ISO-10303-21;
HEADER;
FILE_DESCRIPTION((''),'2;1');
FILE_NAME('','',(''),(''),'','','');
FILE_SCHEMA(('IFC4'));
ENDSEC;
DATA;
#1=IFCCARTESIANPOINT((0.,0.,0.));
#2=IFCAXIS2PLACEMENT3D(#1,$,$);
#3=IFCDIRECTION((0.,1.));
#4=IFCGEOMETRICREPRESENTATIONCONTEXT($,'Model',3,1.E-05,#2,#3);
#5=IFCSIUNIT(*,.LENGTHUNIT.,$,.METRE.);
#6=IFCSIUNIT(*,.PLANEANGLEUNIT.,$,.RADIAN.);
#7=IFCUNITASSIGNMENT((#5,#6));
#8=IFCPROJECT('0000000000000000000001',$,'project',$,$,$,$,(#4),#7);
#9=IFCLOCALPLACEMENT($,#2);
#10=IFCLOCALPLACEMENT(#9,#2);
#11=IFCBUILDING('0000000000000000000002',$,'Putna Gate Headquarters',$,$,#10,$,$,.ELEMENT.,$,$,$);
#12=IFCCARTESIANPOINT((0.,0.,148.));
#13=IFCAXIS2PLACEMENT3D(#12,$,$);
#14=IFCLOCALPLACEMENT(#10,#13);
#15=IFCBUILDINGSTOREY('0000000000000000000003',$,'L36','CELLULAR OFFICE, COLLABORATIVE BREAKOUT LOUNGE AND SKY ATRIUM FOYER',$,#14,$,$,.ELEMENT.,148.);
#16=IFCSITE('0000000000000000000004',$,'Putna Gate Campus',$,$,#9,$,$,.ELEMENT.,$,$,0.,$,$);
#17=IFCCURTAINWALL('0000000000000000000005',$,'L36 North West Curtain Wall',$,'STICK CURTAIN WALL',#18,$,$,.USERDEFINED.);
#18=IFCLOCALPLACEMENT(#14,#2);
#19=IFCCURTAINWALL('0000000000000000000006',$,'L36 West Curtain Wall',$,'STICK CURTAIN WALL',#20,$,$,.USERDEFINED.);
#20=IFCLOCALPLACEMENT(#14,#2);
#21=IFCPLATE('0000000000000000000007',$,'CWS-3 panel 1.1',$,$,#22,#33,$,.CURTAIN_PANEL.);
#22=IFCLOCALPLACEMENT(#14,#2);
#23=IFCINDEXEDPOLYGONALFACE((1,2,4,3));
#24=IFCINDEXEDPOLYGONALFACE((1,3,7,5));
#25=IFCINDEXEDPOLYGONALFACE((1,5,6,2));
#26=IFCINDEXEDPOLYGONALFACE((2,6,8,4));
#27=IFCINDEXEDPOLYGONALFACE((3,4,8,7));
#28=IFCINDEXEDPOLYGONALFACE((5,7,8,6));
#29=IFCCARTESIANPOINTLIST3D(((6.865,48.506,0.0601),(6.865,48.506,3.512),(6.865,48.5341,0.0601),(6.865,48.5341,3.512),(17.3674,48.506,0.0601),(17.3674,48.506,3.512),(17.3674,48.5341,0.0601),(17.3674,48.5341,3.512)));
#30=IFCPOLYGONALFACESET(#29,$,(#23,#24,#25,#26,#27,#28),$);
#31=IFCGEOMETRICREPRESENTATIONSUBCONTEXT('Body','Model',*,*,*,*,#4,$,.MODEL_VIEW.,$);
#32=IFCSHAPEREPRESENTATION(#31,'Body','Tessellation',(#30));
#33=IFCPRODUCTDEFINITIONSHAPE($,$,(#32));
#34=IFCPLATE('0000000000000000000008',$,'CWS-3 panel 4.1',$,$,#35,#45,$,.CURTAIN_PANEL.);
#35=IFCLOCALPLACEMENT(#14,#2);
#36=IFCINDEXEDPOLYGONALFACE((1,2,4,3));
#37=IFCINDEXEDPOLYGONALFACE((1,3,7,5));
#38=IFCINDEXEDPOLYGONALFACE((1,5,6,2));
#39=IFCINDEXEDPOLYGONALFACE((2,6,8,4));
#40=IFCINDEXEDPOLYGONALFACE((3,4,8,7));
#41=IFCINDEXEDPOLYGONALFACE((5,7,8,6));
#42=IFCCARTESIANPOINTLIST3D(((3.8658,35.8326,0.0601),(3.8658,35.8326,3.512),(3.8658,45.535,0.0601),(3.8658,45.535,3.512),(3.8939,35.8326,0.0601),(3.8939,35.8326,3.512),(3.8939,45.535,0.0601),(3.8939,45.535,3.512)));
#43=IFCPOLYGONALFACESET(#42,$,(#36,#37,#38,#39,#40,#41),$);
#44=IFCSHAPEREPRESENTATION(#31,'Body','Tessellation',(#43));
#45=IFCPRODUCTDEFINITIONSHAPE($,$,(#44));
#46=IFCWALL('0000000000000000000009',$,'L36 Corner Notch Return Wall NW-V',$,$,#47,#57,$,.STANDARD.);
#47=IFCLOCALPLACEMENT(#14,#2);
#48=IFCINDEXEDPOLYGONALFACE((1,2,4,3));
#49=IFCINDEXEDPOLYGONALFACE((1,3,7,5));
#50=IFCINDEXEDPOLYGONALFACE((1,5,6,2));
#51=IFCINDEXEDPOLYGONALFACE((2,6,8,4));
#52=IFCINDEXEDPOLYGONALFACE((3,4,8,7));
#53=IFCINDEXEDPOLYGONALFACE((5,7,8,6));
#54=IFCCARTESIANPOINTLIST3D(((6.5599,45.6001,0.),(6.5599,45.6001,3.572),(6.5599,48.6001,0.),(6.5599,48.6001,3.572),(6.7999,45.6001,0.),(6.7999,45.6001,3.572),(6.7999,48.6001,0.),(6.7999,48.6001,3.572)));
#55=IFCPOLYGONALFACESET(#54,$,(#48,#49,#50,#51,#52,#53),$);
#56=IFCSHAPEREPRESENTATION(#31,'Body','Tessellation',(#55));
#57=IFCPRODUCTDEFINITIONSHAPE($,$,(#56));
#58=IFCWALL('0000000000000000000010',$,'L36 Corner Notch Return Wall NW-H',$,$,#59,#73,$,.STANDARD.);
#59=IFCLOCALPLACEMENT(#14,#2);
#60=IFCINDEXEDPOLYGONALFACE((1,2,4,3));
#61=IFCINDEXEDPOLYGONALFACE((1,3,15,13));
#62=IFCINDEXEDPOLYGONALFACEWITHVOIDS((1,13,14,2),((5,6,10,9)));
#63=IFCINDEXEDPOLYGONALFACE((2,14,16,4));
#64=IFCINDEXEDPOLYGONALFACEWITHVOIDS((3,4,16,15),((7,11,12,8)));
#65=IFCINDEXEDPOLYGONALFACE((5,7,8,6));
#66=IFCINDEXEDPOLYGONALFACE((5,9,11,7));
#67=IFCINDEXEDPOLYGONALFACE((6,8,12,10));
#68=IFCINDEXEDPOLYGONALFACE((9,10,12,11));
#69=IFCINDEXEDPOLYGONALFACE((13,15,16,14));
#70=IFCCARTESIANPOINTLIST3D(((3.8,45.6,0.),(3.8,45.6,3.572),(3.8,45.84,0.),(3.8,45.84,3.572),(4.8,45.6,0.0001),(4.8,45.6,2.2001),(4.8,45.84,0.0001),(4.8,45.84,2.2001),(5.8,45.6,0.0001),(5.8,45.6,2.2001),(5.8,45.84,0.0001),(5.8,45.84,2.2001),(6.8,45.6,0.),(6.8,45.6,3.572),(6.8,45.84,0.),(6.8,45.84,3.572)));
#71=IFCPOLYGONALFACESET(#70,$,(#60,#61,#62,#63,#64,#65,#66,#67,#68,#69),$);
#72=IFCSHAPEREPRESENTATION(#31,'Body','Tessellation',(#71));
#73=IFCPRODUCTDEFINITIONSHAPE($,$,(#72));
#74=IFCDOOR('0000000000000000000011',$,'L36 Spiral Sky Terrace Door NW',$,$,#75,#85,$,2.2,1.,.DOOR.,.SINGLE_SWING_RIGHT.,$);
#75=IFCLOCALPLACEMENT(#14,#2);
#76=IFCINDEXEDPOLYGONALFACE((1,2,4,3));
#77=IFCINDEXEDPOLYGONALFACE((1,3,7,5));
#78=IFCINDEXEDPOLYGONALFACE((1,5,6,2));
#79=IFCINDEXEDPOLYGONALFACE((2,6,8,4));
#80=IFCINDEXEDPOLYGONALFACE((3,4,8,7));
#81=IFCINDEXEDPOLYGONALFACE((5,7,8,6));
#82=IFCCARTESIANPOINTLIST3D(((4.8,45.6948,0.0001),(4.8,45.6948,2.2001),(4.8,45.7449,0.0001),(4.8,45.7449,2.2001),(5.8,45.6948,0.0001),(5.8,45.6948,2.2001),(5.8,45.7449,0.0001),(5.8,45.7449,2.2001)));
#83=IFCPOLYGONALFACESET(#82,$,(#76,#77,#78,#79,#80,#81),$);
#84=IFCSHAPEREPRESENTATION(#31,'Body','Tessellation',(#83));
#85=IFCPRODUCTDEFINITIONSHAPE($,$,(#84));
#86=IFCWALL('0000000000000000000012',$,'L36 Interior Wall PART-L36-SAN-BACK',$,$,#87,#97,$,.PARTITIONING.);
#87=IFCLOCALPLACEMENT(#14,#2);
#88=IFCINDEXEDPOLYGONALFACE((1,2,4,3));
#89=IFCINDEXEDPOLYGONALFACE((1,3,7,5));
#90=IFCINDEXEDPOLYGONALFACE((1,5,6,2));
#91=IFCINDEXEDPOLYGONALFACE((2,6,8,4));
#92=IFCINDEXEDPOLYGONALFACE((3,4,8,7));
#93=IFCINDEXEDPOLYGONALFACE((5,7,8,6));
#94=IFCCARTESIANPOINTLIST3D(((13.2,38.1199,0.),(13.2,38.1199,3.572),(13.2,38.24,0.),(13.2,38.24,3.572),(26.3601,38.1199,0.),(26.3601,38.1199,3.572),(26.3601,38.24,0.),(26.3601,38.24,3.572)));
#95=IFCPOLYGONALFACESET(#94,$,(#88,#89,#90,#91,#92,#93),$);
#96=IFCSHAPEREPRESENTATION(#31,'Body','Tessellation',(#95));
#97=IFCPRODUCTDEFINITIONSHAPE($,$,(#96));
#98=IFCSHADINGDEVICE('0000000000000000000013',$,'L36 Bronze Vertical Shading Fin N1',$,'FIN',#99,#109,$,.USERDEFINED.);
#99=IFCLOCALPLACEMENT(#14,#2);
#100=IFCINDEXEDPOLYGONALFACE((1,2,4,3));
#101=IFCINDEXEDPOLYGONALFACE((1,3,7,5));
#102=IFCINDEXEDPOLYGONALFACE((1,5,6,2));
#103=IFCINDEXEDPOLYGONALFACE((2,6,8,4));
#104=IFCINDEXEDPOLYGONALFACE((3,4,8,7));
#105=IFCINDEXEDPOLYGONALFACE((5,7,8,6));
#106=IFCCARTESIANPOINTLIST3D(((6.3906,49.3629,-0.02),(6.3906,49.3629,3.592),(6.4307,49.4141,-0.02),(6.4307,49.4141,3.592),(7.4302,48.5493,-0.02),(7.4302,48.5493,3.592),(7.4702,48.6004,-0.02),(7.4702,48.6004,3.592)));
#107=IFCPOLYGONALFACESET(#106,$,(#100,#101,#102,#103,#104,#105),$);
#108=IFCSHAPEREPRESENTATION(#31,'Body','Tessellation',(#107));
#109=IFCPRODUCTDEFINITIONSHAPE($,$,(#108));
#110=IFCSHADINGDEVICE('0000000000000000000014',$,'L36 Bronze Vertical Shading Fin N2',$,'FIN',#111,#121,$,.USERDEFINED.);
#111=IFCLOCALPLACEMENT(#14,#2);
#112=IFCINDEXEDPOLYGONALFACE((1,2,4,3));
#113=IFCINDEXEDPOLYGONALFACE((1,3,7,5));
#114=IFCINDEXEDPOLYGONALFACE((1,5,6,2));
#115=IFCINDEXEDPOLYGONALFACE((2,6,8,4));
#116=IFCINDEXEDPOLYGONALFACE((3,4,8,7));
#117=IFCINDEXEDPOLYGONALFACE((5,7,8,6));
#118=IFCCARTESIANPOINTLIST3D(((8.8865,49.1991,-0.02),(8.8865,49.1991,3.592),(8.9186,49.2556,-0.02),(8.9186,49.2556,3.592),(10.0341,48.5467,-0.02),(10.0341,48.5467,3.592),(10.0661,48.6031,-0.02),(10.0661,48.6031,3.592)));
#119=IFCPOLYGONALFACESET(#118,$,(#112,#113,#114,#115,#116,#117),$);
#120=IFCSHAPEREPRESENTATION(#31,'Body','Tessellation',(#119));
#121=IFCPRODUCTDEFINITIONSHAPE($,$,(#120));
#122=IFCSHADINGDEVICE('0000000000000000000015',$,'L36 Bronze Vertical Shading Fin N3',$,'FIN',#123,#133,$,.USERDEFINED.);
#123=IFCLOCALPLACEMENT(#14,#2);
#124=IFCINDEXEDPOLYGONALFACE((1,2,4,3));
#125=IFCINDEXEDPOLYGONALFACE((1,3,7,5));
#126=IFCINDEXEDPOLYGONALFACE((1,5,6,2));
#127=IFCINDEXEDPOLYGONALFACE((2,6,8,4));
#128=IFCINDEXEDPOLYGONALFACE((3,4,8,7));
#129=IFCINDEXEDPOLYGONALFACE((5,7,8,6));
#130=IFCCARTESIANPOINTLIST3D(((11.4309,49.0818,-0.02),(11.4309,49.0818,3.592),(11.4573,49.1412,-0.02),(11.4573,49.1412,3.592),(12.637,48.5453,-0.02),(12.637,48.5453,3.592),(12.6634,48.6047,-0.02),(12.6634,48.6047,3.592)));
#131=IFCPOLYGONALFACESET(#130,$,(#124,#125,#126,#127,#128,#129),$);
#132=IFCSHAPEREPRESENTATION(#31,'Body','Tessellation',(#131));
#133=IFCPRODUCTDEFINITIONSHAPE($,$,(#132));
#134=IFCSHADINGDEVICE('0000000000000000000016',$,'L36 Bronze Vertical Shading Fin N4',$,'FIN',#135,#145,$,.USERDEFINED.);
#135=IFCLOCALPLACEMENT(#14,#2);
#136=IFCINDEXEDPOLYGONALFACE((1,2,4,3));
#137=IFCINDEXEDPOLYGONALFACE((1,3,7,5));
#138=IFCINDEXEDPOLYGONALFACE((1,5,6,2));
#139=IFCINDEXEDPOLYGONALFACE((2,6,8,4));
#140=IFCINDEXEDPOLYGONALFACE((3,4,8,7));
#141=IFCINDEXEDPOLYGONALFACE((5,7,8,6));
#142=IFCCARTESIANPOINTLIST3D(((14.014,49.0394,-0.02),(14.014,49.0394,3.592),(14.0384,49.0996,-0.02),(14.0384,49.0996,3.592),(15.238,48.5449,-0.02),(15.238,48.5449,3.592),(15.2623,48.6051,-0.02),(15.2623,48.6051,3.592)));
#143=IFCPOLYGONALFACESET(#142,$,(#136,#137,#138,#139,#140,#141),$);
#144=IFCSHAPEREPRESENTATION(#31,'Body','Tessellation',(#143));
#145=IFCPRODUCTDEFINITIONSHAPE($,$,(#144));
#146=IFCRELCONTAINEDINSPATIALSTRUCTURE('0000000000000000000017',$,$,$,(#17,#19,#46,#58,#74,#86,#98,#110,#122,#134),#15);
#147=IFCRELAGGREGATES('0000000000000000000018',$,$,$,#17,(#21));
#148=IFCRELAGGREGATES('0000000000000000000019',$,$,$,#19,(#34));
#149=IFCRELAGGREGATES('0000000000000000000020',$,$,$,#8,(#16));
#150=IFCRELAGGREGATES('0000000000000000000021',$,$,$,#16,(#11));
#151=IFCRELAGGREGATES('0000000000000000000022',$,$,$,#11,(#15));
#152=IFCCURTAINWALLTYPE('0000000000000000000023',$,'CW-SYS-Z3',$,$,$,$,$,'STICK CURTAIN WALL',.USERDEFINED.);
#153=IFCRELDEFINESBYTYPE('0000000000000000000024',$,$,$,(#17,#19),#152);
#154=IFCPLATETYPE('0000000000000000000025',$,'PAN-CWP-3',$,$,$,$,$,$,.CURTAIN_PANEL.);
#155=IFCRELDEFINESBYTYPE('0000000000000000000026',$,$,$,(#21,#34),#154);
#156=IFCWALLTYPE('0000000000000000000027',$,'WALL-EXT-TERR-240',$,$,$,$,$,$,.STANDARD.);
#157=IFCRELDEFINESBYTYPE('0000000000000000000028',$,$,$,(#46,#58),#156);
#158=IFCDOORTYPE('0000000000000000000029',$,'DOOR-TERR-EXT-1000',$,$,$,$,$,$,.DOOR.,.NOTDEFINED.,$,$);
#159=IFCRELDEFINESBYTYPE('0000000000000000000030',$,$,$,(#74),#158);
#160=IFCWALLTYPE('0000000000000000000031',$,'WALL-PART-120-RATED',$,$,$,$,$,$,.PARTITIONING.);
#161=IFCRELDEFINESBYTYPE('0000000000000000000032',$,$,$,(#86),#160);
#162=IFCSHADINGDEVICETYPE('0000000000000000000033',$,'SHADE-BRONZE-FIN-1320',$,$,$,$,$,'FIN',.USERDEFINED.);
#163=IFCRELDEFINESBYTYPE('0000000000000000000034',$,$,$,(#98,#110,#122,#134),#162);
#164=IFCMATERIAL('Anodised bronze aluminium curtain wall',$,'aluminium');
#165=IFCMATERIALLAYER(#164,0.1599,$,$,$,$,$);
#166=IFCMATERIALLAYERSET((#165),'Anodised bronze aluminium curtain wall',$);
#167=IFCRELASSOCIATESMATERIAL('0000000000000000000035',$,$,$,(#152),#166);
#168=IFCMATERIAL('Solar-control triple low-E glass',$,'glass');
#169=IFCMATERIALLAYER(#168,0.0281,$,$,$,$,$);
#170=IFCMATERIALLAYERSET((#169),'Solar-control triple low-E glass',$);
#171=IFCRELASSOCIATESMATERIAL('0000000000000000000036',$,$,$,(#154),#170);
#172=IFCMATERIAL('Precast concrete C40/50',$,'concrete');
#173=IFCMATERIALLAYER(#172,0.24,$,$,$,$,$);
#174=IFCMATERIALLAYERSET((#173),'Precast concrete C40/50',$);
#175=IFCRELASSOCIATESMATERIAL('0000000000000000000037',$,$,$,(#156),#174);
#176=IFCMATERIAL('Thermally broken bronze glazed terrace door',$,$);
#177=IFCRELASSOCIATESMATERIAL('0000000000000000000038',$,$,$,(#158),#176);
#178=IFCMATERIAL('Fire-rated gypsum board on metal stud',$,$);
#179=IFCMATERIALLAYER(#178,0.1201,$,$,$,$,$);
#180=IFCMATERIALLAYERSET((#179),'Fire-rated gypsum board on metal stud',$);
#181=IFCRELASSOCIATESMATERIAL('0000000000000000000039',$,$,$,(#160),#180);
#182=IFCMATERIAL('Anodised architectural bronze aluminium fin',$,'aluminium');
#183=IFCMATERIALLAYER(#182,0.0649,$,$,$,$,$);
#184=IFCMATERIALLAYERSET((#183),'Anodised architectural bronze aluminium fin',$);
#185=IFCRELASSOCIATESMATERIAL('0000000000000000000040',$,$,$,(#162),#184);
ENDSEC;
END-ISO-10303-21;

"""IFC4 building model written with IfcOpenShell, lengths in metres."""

from ifc_helpers import new_model, si_unit, direction, frame, frame_2d, origin, origin_2d, place, context, subcontext, project, spatial, rectangle, extrude, material, layer, layer_set, type_object, element, fill, aggregate, save


model = new_model("IFC4")

# Units and contexts
model_context = context("Model", 3, precision=1e-05, world=origin(), true_north=direction((0.0, 1.0)))
body_context = subcontext(model_context, "Body", "Model", "MODEL_VIEW")
ifc_project = project(units=[si_unit("LENGTHUNIT", "METRE"), si_unit("PLANEANGLEUNIT", "RADIAN")], contexts=[model_context])

# Site, building, storey
site_placement = place(None, origin())
site = spatial("IfcSite", under=ifc_project, at=site_placement, Name="Putna Gate Campus", CompositionType="ELEMENT", RefElevation=0.0)
building_placement = place(site_placement, origin())
building = spatial("IfcBuilding", under=site, at=building_placement, Name="Putna Gate Headquarters", CompositionType="ELEMENT")
storey_placement = place(building_placement, frame((0.0, 0.0, 148.0)))
storey = spatial("IfcBuildingStorey", under=building, at=storey_placement, Name="L36", Description="CELLULAR OFFICE, COLLABORATIVE BREAKOUT LOUNGE AND SKY ATRIUM FOYER", CompositionType="ELEMENT", Elevation=148.0)

# Curtain wall
ifc_material_1 = material(Name="Anodised bronze aluminium curtain wall", Category="aluminium")
ifc_layer_1 = layer(ifc_material_1, 0.1599)
ifc_layer_set_1 = layer_set([ifc_layer_1], Name="Anodised bronze aluminium curtain wall")
curtain_wall_type = type_object("IfcCurtainWallType", Name="CW-SYS-Z3", ElementType="STICK CURTAIN WALL", PredefinedType="USERDEFINED", material=ifc_layer_set_1)
curtain_wall_1_placement = place(storey_placement, origin())
curtain_wall_1 = element("IfcCurtainWall", 1, at=curtain_wall_1_placement, inside=storey, type_object=curtain_wall_type, Name="L36 North West Curtain Wall", ObjectType="STICK CURTAIN WALL", PredefinedType="USERDEFINED")

# Curtain wall
curtain_wall_2_placement = place(storey_placement, origin())
curtain_wall_2 = element("IfcCurtainWall", 2, at=curtain_wall_2_placement, inside=storey, type_object=curtain_wall_type, Name="L36 West Curtain Wall", ObjectType="STICK CURTAIN WALL", PredefinedType="USERDEFINED")

# Plates
ifc_material_2 = material(Name="Solar-control triple low-E glass", Category="glass")
ifc_layer_2 = layer(ifc_material_2, 0.0281)
ifc_layer_set_2 = layer_set([ifc_layer_2], Name="Solar-control triple low-E glass")
plate_type = type_object("IfcPlateType", Name="PAN-CWP-3", PredefinedType="CURTAIN_PANEL", material=ifc_layer_set_2)
plate_1_placement = place(storey_placement, frame((12.1162, 48.52, 0.0601), z_axis=(0.0, 0.0, 1.0), x_axis=(1.0, 0.0, 0.0)))
plate_1 = element("IfcPlate", 3, at=plate_1_placement, type_object=plate_type, Name="CWS-3 panel 1.1", PredefinedType="CURTAIN_PANEL", context=body_context, shape_type="SweptSolid", body=[
    extrude(rectangle(XDim=10.5024, YDim=0.0281, at=origin_2d()), origin(), (0.0, 0.0, 1.0), 3.4519),
])
aggregate(curtain_wall_1, [plate_1])
plate_2_placement = place(storey_placement, frame((3.8799, 40.6838, 0.0601), z_axis=(0.0, 0.0, 1.0), x_axis=(0.0, 1.0, 0.0)))
plate_2 = element("IfcPlate", 4, at=plate_2_placement, type_object=plate_type, Name="CWS-3 panel 4.1", PredefinedType="CURTAIN_PANEL", context=body_context, shape_type="SweptSolid", body=[
    extrude(rectangle(XDim=9.7024, YDim=0.0281, at=origin_2d()), origin(), (0.0, 0.0, 1.0), 3.4519),
])
aggregate(curtain_wall_2, [plate_2])

# Wall
ifc_material_3 = material(Name="Precast concrete C40/50", Category="concrete")
ifc_layer_3 = layer(ifc_material_3, 0.24)
ifc_layer_set_3 = layer_set([ifc_layer_3], Name="Precast concrete C40/50")
wall_type_1 = type_object("IfcWallType", Name="WALL-EXT-TERR-240", PredefinedType="STANDARD", material=ifc_layer_set_3)
wall_1_placement = place(storey_placement, frame((6.6799, 45.6001, 0.0), z_axis=(0.0, 0.0, 1.0), x_axis=(0.0, 1.0, 0.0)))
element("IfcWall", 5, at=wall_1_placement, inside=storey, type_object=wall_type_1, Name="L36 Corner Notch Return Wall NW-V", PredefinedType="STANDARD", context=body_context, shape_type="SweptSolid", body=[
    extrude(rectangle(XDim=3.0, YDim=0.24, at=frame_2d((1.5, 0.0))), origin(), (0.0, 0.0, 1.0), 3.572),
])

# Wall, opening, door
wall_2_placement = place(storey_placement, frame((3.8, 45.72, 0.0), z_axis=(0.0, 0.0, 1.0), x_axis=(1.0, 0.0, 0.0)))
wall_2 = element("IfcWall", 6, at=wall_2_placement, inside=storey, type_object=wall_type_1, Name="L36 Corner Notch Return Wall NW-H", PredefinedType="STANDARD", context=body_context, shape_type="SweptSolid", body=[
    extrude(rectangle(XDim=3.0, YDim=0.24, at=frame_2d((1.5, 0.0))), origin(), (0.0, 0.0, 1.0), 3.572),
])
opening_placement = place(wall_2_placement, frame((1.0, 0.0, 0.0)))
opening = element("IfcOpeningElement", 7, at=opening_placement, cuts=wall_2, PredefinedType="OPENING", context=body_context, shape_type="SweptSolid", body=[
    extrude(rectangle(XDim=1.0, YDim=2.2, at=frame_2d((0.5, 1.1001))), frame((0.0, 0.1299, 0.0), z_axis=(0.0, -1.0, 0.0), x_axis=(1.0, 0.0, 0.0)), (0.0, 0.0, 1.0), 0.26),
])
ifc_material_4 = material(Name="Thermally broken bronze glazed terrace door")
door_type = type_object("IfcDoorType", Name="DOOR-TERR-EXT-1000", OperationType="NOTDEFINED", PredefinedType="DOOR", material=ifc_material_4)
door_placement = place(opening_placement, origin())
door = element("IfcDoor", 8, at=door_placement, inside=storey, type_object=door_type, Name="L36 Spiral Sky Terrace Door NW", OperationType="SINGLE_SWING_RIGHT", OverallHeight=2.2, OverallWidth=1.0, PredefinedType="DOOR", context=body_context, shape_type="SweptSolid", body=[
    extrude(rectangle(XDim=1.0, YDim=2.2, at=frame_2d((0.5, 1.1001))), frame((0.0, 0.0249, 0.0), z_axis=(0.0, -1.0, 0.0), x_axis=(1.0, 0.0, 0.0)), (0.0, 0.0, 1.0), 0.05),
])
fill(opening, door)

# Wall
ifc_material_5 = material(Name="Fire-rated gypsum board on metal stud")
ifc_layer_4 = layer(ifc_material_5, 0.1201)
ifc_layer_set_4 = layer_set([ifc_layer_4], Name="Fire-rated gypsum board on metal stud")
wall_type_2 = type_object("IfcWallType", Name="WALL-PART-120-RATED", PredefinedType="PARTITIONING", material=ifc_layer_set_4)
wall_3_placement = place(storey_placement, frame((13.2, 38.1799, 0.0), z_axis=(0.0, 0.0, 1.0), x_axis=(1.0, 0.0, 0.0)))
element("IfcWall", 9, at=wall_3_placement, inside=storey, type_object=wall_type_2, Name="L36 Interior Wall PART-L36-SAN-BACK", PredefinedType="PARTITIONING", context=body_context, shape_type="SweptSolid", body=[
    extrude(rectangle(XDim=13.1602, YDim=0.1201, at=frame_2d((6.5801, 0.0))), origin(), (0.0, 0.0, 1.0), 3.572),
])

# Shading devices
ifc_material_6 = material(Name="Anodised architectural bronze aluminium fin", Category="aluminium")
ifc_layer_5 = layer(ifc_material_6, 0.0649)
ifc_layer_set_5 = layer_set([ifc_layer_5], Name="Anodised architectural bronze aluminium fin")
shading_device_type = type_object("IfcShadingDeviceType", Name="SHADE-BRONZE-FIN-1320", ElementType="FIN", PredefinedType="USERDEFINED", material=ifc_layer_set_5)
for number, where, z_axis, x_axis, name in (
    (10, (6.9304, 48.9817, -0.02), (0.0, 0.0, 1.0), (-0.787473, 0.616349, 0.0), "L36 Bronze Vertical Shading Fin N1"),
    (11, (9.4763, 48.9011, -0.02), (0.0, 0.0, 1.0), (-0.869322, 0.494245, 0.0), "L36 Bronze Vertical Shading Fin N2"),
    (12, (12.0471, 48.8433, -0.02), (0.0, 0.0, 1.0), (-0.913687, 0.406418, 0.0), "L36 Bronze Vertical Shading Fin N3"),
    (13, (14.6382, 48.8223, -0.02), (0.0, 0.0, 1.0), (-0.927184, 0.374607, 0.0), "L36 Bronze Vertical Shading Fin N4"),
):
    element("IfcShadingDevice", number, at=place(storey_placement, frame(where, z_axis=z_axis, x_axis=x_axis)), inside=storey, type_object=shading_device_type, Name=name, ObjectType="FIN", PredefinedType="USERDEFINED", context=body_context, shape_type="SweptSolid", body=[
        extrude(rectangle(XDim=1.3201, YDim=0.0649, at=origin_2d()), origin(), (0.0, 0.0, 1.0), 3.6121),
    ])

save(model, "model.ifc")
